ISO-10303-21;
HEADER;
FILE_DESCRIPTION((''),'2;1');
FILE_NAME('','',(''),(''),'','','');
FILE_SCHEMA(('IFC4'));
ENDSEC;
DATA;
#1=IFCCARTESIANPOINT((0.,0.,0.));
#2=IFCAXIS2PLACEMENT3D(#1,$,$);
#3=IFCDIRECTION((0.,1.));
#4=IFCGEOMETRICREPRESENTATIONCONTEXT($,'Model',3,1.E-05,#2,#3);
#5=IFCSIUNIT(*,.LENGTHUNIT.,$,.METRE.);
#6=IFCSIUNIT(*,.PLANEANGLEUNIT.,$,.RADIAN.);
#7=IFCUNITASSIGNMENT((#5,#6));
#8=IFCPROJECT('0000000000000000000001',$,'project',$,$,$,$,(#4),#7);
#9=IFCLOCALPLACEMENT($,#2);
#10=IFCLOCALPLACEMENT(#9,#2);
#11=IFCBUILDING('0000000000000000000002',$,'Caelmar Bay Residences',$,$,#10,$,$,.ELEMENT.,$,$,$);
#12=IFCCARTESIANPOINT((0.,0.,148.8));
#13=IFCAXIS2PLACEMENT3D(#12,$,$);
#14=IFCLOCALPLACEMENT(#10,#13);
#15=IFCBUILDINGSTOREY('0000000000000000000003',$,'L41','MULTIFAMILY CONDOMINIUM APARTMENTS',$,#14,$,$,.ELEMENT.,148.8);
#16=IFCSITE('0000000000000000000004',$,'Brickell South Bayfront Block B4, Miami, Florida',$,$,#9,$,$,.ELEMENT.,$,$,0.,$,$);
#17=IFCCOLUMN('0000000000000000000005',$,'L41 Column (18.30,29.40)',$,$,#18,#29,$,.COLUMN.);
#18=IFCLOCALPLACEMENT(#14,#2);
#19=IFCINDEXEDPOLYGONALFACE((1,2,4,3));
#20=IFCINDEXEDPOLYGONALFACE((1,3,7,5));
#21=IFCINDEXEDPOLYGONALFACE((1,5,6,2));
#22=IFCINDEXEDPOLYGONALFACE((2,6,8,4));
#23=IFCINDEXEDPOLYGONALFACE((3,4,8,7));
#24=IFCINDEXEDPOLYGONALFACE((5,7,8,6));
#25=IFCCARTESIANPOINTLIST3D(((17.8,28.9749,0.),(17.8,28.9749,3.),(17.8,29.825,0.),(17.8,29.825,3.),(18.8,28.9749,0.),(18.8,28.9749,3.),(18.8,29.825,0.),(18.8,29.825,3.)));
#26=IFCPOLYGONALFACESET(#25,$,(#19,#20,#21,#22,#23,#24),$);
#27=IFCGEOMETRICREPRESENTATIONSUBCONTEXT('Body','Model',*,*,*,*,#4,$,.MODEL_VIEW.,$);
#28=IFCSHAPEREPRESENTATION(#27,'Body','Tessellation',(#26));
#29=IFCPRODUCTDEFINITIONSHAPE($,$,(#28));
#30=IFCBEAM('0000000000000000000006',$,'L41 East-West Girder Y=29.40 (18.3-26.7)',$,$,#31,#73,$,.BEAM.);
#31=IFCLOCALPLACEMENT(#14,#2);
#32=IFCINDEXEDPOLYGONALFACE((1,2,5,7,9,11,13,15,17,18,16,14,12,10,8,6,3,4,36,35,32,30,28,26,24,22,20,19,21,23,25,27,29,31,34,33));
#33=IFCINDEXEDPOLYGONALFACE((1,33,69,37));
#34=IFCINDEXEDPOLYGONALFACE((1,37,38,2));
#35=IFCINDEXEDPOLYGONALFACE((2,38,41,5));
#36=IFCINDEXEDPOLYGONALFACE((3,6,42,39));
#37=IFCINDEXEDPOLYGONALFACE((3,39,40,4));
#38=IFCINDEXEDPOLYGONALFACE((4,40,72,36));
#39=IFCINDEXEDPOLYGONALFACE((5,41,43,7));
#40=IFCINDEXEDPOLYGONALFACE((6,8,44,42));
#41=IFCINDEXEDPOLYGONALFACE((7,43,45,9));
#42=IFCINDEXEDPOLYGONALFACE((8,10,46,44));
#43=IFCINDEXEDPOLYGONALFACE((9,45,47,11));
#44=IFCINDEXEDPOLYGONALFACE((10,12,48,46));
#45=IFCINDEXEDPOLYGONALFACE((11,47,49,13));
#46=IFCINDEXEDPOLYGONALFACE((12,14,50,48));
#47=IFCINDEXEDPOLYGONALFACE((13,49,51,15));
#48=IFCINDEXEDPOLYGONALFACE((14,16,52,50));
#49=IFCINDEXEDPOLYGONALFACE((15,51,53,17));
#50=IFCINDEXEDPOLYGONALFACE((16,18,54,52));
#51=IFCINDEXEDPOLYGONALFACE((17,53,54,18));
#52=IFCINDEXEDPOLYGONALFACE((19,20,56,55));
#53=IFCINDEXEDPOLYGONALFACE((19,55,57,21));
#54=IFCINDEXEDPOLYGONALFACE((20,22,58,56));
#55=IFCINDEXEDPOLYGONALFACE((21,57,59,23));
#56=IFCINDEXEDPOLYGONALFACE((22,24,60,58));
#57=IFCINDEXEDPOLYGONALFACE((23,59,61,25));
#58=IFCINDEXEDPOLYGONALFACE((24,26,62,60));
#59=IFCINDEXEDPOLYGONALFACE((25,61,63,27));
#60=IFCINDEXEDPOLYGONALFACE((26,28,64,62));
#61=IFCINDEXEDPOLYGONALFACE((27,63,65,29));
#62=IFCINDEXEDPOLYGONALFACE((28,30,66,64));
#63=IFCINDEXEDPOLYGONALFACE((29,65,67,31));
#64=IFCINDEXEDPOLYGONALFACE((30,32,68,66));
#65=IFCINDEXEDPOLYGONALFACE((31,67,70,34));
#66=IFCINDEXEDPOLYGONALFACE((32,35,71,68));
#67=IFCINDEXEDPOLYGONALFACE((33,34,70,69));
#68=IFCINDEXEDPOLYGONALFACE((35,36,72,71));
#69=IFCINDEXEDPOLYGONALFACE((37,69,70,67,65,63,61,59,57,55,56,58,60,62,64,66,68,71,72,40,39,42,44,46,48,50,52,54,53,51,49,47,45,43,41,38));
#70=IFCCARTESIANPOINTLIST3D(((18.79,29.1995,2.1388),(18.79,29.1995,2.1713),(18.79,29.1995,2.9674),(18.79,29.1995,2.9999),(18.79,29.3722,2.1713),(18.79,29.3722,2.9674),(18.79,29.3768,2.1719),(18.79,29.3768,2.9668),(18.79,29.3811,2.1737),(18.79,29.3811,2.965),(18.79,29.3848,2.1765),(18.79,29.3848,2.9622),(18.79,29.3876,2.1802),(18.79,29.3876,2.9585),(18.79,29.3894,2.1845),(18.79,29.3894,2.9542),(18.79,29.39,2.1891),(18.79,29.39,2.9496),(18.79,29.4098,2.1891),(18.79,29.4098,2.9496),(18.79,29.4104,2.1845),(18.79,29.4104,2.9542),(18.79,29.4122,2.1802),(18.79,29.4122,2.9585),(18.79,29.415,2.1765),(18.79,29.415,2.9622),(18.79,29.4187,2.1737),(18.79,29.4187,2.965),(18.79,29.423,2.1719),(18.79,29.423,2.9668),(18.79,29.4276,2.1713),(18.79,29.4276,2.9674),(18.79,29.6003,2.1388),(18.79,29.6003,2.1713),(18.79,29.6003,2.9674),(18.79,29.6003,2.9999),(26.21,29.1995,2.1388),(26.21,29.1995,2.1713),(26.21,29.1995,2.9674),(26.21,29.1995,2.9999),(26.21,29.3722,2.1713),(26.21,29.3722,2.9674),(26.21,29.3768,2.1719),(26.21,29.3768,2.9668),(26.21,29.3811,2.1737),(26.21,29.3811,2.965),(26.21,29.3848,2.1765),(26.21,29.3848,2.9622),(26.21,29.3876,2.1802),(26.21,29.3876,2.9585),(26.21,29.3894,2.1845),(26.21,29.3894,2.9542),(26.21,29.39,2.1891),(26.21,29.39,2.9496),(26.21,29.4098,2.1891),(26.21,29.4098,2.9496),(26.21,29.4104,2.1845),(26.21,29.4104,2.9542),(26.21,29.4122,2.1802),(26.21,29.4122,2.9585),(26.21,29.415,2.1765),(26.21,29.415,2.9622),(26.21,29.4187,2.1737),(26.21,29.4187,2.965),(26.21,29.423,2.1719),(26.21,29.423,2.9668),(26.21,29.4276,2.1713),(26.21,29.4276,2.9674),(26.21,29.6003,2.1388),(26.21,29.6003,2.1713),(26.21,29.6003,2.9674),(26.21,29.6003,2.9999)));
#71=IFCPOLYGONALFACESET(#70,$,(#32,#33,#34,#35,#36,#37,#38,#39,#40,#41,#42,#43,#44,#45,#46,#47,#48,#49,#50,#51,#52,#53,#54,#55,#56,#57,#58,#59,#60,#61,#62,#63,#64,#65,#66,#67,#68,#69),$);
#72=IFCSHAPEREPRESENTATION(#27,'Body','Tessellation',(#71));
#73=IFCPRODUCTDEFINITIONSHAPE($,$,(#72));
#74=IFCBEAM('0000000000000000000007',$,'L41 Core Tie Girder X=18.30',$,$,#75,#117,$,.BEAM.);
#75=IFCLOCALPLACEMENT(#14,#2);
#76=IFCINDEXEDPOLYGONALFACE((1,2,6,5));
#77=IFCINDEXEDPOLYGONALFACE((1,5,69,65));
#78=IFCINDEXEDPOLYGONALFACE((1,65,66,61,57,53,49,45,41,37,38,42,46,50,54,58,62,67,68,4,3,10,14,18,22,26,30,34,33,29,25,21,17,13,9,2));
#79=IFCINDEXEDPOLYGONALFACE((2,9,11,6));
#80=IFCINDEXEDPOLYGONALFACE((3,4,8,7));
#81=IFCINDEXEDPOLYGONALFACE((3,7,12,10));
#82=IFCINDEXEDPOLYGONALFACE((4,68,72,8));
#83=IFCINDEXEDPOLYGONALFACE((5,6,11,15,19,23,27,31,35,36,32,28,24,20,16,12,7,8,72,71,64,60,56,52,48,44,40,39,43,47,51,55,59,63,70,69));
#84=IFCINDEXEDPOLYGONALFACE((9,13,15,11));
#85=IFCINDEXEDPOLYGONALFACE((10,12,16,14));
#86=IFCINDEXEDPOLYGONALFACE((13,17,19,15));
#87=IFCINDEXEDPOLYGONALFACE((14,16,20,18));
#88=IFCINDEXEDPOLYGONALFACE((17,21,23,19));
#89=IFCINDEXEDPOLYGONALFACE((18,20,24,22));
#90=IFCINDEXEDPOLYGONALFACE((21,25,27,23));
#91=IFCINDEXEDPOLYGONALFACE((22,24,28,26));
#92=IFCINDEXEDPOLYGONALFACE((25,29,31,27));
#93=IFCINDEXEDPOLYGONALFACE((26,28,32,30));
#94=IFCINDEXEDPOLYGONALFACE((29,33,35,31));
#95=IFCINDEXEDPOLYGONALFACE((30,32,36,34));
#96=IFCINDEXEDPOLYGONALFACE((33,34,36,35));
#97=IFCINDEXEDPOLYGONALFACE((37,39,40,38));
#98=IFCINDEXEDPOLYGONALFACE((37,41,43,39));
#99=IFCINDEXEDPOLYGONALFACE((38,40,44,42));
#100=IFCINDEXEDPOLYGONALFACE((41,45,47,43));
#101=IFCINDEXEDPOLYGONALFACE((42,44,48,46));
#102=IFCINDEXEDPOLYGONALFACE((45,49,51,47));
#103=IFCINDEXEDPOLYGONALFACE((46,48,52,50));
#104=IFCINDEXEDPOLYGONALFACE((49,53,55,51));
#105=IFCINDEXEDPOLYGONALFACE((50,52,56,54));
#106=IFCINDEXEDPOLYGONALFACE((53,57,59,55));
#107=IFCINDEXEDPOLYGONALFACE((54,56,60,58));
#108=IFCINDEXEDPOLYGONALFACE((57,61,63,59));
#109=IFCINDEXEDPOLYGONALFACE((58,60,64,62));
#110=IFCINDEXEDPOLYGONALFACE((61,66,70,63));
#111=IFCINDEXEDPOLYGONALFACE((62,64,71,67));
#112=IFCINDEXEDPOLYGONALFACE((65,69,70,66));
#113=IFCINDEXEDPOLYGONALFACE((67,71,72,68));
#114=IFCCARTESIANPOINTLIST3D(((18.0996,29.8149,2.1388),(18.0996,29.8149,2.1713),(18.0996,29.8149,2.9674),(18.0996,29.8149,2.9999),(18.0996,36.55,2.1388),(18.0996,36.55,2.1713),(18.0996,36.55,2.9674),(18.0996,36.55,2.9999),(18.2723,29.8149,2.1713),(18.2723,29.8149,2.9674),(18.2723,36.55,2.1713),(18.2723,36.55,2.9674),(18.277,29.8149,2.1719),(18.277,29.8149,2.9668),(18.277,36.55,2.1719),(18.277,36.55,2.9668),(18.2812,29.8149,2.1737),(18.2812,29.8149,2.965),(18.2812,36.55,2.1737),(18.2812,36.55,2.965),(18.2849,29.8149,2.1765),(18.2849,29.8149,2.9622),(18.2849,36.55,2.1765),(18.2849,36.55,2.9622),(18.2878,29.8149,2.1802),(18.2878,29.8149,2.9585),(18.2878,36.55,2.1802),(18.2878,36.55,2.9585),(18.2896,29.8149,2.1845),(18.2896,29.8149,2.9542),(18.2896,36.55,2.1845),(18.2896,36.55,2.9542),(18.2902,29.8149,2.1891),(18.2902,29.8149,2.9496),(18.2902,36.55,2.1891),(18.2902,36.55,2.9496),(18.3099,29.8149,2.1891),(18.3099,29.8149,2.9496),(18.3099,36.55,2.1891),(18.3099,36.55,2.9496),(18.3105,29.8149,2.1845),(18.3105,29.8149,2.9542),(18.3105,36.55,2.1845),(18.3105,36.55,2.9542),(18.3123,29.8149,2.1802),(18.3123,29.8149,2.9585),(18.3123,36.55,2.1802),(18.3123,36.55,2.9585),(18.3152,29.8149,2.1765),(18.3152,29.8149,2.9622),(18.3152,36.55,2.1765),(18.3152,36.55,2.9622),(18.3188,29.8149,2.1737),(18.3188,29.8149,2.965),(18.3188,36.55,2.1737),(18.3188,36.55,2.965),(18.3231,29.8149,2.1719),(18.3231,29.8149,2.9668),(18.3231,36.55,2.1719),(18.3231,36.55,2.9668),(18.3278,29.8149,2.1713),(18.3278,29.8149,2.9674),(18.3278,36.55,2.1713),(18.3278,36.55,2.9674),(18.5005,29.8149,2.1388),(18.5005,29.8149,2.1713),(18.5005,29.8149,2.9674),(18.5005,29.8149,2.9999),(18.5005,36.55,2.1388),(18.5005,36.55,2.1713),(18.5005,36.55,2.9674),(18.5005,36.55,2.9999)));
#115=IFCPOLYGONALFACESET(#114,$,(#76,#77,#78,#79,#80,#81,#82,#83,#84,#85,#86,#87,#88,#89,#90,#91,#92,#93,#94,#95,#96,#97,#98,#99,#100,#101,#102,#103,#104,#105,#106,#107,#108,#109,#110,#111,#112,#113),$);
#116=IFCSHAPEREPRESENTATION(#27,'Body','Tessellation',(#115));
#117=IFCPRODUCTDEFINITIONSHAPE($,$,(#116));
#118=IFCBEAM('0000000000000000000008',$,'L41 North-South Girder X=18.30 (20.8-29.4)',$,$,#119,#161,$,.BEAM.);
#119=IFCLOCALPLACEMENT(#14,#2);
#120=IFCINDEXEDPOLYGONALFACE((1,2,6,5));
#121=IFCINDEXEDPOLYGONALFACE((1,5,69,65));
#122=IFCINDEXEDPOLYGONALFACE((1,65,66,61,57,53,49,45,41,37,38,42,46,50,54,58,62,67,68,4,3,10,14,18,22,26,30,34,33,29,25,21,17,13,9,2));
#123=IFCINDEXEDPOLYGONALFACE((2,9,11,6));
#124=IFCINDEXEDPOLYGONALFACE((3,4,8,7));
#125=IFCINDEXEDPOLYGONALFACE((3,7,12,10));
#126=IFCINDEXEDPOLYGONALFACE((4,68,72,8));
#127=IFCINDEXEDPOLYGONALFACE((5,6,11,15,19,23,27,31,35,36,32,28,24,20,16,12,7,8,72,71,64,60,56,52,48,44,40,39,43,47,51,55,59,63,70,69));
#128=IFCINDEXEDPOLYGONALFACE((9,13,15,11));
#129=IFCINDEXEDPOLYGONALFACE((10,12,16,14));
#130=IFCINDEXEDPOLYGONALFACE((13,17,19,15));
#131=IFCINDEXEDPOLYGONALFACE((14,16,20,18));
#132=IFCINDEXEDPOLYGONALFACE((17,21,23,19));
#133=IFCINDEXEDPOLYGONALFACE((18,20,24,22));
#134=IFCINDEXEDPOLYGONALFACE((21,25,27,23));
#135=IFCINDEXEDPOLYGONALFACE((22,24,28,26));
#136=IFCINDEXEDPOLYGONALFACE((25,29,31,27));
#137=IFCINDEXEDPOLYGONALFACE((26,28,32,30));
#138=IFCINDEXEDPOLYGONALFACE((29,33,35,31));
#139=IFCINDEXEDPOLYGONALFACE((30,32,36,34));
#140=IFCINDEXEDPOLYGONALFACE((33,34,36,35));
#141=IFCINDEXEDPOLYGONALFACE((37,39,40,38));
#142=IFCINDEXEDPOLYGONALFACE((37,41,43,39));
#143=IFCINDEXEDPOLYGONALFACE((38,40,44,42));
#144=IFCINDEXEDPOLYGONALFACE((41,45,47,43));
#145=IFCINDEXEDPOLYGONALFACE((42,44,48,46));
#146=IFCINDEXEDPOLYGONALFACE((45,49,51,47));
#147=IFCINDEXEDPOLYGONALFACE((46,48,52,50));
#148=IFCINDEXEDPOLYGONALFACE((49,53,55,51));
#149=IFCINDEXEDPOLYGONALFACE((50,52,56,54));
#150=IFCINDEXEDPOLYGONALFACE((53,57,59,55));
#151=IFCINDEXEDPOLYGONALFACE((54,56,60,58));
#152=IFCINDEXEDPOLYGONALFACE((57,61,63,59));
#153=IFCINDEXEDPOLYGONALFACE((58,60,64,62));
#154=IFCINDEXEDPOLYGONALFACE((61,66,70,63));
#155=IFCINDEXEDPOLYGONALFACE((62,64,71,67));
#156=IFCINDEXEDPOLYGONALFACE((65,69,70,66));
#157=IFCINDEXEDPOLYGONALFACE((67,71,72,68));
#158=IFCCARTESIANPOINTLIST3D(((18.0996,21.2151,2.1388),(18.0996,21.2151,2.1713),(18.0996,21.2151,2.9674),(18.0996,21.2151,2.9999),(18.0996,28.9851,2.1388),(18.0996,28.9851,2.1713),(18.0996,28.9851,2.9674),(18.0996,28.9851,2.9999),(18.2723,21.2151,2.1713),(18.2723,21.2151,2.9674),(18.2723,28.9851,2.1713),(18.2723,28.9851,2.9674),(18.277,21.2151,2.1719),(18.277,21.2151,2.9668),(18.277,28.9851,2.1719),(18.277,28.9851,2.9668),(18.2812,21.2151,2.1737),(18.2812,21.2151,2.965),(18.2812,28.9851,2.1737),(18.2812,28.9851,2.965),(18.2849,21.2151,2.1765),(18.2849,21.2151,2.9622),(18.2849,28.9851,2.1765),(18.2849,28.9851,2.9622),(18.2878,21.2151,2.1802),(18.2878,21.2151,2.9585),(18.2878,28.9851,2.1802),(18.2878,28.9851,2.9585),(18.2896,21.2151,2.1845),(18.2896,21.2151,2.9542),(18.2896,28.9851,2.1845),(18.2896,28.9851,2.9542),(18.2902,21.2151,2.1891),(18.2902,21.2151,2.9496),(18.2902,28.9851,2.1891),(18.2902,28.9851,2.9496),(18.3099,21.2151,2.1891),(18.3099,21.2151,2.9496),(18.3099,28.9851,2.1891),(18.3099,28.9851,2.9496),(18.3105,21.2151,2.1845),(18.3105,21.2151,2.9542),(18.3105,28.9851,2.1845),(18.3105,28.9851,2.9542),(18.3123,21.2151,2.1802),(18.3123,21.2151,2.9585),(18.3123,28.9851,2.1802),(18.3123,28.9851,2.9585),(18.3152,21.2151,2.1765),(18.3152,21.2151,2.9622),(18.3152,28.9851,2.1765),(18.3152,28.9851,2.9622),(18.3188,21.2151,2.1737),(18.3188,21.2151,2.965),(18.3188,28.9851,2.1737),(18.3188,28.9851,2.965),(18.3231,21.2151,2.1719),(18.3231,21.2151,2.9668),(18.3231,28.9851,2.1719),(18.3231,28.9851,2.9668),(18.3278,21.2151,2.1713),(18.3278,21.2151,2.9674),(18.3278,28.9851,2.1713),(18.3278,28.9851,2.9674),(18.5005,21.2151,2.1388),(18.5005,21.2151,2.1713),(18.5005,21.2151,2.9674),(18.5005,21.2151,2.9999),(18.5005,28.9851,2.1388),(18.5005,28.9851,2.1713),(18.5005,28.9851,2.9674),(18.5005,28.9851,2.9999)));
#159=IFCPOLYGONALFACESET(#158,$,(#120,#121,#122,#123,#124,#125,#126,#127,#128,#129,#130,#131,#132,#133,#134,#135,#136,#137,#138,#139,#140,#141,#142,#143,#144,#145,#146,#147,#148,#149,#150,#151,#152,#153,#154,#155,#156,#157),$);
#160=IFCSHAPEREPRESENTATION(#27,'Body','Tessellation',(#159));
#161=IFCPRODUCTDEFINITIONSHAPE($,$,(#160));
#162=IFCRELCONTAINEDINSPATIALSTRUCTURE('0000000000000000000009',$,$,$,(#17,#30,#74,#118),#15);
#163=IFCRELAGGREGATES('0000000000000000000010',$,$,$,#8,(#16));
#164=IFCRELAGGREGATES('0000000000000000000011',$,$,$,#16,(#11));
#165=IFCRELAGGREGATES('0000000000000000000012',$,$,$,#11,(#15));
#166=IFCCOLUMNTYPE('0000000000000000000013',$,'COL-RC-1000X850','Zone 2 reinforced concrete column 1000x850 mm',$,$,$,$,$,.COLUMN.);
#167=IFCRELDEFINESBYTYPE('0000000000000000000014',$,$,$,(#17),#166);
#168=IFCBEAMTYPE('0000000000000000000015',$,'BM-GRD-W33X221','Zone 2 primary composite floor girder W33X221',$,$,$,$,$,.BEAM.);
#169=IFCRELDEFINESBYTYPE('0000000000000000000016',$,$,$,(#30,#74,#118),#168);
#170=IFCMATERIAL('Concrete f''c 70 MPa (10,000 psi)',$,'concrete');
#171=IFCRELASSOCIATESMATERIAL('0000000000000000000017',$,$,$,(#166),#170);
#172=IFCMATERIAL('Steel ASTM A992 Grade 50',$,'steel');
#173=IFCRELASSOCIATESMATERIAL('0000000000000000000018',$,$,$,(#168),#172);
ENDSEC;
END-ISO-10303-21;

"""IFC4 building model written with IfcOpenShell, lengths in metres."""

from ifc_helpers import new_model, si_unit, direction, frame, origin, origin_2d, place, context, subcontext, project, spatial, rectangle, i_section, extrude, material, material_profile, profile_set, type_object, element, save


model = new_model("IFC4")

# Units and contexts
model_context = context("Model", 3, precision=1e-05, world=origin(), true_north=direction((0.0, 1.0)))
body_context = subcontext(model_context, "Body", "Model", "MODEL_VIEW")
ifc_project = project(units=[si_unit("LENGTHUNIT", "METRE"), si_unit("PLANEANGLEUNIT", "RADIAN")], contexts=[model_context])

# Site, building, storey
site_placement = place(None, origin())
site = spatial("IfcSite", under=ifc_project, at=site_placement, Name="Brickell South Bayfront Block B4, Miami, Florida", CompositionType="ELEMENT", RefElevation=0.0)
building_placement = place(site_placement, origin())
building = spatial("IfcBuilding", under=site, at=building_placement, Name="Caelmar Bay Residences", CompositionType="ELEMENT")
storey_placement = place(building_placement, frame((0.0, 0.0, 148.8)))
storey = spatial("IfcBuildingStorey", under=building, at=storey_placement, Name="L41", Description="MULTIFAMILY CONDOMINIUM APARTMENTS", CompositionType="ELEMENT", Elevation=148.8)

# Column
ifc_material_1 = material(Name="Concrete f'c 70 MPa (10,000 psi)", Category="concrete")
ifc_material_profile_1 = material_profile(ifc_material_1, rectangle(XDim=1.0, YDim=0.8501, at=origin_2d()), Name="RC-COL-1000X850")
ifc_profile_set_1 = profile_set([ifc_material_profile_1], Name="Concrete f'c 70 MPa (10,000 psi)")
column_type = type_object("IfcColumnType", Name="COL-RC-1000X850", Description="Zone 2 reinforced concrete column 1000x850 mm", PredefinedType="COLUMN", material=ifc_profile_set_1)
column_placement = place(storey_placement, frame((18.3, 29.3999, 0.0), z_axis=(0.0, 0.0, 1.0), x_axis=(1.0, 0.0, 0.0)))
element("IfcColumn", 1, at=column_placement, inside=storey, type_object=column_type, Name="L41 Column (18.30,29.40)", PredefinedType="COLUMN", context=body_context, shape_type="SweptSolid", body=[
    extrude(rectangle(XDim=1.0, YDim=0.8501, at=origin_2d()), origin(), (0.0, 0.0, 1.0), 3.0),
])

# Beams
ifc_material_2 = material(Name="Steel ASTM A992 Grade 50", Category="steel")
ifc_material_profile_2 = material_profile(ifc_material_2, i_section(OverallWidth=0.4009, OverallDepth=0.8611, WebThickness=0.0198, FlangeThickness=0.0325, FilletRadius=0.0178, at=origin_2d()), Name="W33X221")
ifc_profile_set_2 = profile_set([ifc_material_profile_2], Name="Steel ASTM A992 Grade 50")
beam_type_1 = type_object("IfcBeamType", Name="BM-GRD-W33X221", Description="Zone 2 primary composite floor girder W33X221", PredefinedType="BEAM", material=ifc_profile_set_2)
beam_1_placement = place(storey_placement, frame((18.79, 29.3999, 2.5693), z_axis=(1.0, 0.0, 0.0), x_axis=(0.0, 1.0, 0.0)))
element("IfcBeam", 2, at=beam_1_placement, inside=storey, type_object=beam_type_1, Name="L41 East-West Girder Y=29.40 (18.3-26.7)", PredefinedType="BEAM", context=body_context, shape_type="SweptSolid", body=[
    extrude(i_section(OverallWidth=0.4009, OverallDepth=0.8611, WebThickness=0.0198, FlangeThickness=0.0325, FilletRadius=0.0178, at=origin_2d()), origin(), (0.0, 0.0, 1.0), 7.4199),
])
beam_2_placement = place(storey_placement, frame((18.3, 29.8149, 2.5693), z_axis=(0.0, 1.0, 0.0), x_axis=(-1.0, 0.0, 0.0)))
element("IfcBeam", 3, at=beam_2_placement, inside=storey, type_object=beam_type_1, Name="L41 Core Tie Girder X=18.30", PredefinedType="BEAM", context=body_context, shape_type="SweptSolid", body=[
    extrude(i_section(OverallWidth=0.4009, OverallDepth=0.8611, WebThickness=0.0198, FlangeThickness=0.0325, FilletRadius=0.0178, at=origin_2d()), origin(), (0.0, 0.0, 1.0), 6.7351),
])
beam_3_placement = place(storey_placement, frame((18.3, 21.2151, 2.5693), z_axis=(0.0, 1.0, 0.0), x_axis=(-1.0, 0.0, 0.0)))
element("IfcBeam", 4, at=beam_3_placement, inside=storey, type_object=beam_type_1, Name="L41 North-South Girder X=18.30 (20.8-29.4)", PredefinedType="BEAM", context=body_context, shape_type="SweptSolid", body=[
    extrude(i_section(OverallWidth=0.4009, OverallDepth=0.8611, WebThickness=0.0198, FlangeThickness=0.0325, FilletRadius=0.0178, at=origin_2d()), origin(), (0.0, 0.0, 1.0), 7.77),
])

save(model, "model.ifc")
